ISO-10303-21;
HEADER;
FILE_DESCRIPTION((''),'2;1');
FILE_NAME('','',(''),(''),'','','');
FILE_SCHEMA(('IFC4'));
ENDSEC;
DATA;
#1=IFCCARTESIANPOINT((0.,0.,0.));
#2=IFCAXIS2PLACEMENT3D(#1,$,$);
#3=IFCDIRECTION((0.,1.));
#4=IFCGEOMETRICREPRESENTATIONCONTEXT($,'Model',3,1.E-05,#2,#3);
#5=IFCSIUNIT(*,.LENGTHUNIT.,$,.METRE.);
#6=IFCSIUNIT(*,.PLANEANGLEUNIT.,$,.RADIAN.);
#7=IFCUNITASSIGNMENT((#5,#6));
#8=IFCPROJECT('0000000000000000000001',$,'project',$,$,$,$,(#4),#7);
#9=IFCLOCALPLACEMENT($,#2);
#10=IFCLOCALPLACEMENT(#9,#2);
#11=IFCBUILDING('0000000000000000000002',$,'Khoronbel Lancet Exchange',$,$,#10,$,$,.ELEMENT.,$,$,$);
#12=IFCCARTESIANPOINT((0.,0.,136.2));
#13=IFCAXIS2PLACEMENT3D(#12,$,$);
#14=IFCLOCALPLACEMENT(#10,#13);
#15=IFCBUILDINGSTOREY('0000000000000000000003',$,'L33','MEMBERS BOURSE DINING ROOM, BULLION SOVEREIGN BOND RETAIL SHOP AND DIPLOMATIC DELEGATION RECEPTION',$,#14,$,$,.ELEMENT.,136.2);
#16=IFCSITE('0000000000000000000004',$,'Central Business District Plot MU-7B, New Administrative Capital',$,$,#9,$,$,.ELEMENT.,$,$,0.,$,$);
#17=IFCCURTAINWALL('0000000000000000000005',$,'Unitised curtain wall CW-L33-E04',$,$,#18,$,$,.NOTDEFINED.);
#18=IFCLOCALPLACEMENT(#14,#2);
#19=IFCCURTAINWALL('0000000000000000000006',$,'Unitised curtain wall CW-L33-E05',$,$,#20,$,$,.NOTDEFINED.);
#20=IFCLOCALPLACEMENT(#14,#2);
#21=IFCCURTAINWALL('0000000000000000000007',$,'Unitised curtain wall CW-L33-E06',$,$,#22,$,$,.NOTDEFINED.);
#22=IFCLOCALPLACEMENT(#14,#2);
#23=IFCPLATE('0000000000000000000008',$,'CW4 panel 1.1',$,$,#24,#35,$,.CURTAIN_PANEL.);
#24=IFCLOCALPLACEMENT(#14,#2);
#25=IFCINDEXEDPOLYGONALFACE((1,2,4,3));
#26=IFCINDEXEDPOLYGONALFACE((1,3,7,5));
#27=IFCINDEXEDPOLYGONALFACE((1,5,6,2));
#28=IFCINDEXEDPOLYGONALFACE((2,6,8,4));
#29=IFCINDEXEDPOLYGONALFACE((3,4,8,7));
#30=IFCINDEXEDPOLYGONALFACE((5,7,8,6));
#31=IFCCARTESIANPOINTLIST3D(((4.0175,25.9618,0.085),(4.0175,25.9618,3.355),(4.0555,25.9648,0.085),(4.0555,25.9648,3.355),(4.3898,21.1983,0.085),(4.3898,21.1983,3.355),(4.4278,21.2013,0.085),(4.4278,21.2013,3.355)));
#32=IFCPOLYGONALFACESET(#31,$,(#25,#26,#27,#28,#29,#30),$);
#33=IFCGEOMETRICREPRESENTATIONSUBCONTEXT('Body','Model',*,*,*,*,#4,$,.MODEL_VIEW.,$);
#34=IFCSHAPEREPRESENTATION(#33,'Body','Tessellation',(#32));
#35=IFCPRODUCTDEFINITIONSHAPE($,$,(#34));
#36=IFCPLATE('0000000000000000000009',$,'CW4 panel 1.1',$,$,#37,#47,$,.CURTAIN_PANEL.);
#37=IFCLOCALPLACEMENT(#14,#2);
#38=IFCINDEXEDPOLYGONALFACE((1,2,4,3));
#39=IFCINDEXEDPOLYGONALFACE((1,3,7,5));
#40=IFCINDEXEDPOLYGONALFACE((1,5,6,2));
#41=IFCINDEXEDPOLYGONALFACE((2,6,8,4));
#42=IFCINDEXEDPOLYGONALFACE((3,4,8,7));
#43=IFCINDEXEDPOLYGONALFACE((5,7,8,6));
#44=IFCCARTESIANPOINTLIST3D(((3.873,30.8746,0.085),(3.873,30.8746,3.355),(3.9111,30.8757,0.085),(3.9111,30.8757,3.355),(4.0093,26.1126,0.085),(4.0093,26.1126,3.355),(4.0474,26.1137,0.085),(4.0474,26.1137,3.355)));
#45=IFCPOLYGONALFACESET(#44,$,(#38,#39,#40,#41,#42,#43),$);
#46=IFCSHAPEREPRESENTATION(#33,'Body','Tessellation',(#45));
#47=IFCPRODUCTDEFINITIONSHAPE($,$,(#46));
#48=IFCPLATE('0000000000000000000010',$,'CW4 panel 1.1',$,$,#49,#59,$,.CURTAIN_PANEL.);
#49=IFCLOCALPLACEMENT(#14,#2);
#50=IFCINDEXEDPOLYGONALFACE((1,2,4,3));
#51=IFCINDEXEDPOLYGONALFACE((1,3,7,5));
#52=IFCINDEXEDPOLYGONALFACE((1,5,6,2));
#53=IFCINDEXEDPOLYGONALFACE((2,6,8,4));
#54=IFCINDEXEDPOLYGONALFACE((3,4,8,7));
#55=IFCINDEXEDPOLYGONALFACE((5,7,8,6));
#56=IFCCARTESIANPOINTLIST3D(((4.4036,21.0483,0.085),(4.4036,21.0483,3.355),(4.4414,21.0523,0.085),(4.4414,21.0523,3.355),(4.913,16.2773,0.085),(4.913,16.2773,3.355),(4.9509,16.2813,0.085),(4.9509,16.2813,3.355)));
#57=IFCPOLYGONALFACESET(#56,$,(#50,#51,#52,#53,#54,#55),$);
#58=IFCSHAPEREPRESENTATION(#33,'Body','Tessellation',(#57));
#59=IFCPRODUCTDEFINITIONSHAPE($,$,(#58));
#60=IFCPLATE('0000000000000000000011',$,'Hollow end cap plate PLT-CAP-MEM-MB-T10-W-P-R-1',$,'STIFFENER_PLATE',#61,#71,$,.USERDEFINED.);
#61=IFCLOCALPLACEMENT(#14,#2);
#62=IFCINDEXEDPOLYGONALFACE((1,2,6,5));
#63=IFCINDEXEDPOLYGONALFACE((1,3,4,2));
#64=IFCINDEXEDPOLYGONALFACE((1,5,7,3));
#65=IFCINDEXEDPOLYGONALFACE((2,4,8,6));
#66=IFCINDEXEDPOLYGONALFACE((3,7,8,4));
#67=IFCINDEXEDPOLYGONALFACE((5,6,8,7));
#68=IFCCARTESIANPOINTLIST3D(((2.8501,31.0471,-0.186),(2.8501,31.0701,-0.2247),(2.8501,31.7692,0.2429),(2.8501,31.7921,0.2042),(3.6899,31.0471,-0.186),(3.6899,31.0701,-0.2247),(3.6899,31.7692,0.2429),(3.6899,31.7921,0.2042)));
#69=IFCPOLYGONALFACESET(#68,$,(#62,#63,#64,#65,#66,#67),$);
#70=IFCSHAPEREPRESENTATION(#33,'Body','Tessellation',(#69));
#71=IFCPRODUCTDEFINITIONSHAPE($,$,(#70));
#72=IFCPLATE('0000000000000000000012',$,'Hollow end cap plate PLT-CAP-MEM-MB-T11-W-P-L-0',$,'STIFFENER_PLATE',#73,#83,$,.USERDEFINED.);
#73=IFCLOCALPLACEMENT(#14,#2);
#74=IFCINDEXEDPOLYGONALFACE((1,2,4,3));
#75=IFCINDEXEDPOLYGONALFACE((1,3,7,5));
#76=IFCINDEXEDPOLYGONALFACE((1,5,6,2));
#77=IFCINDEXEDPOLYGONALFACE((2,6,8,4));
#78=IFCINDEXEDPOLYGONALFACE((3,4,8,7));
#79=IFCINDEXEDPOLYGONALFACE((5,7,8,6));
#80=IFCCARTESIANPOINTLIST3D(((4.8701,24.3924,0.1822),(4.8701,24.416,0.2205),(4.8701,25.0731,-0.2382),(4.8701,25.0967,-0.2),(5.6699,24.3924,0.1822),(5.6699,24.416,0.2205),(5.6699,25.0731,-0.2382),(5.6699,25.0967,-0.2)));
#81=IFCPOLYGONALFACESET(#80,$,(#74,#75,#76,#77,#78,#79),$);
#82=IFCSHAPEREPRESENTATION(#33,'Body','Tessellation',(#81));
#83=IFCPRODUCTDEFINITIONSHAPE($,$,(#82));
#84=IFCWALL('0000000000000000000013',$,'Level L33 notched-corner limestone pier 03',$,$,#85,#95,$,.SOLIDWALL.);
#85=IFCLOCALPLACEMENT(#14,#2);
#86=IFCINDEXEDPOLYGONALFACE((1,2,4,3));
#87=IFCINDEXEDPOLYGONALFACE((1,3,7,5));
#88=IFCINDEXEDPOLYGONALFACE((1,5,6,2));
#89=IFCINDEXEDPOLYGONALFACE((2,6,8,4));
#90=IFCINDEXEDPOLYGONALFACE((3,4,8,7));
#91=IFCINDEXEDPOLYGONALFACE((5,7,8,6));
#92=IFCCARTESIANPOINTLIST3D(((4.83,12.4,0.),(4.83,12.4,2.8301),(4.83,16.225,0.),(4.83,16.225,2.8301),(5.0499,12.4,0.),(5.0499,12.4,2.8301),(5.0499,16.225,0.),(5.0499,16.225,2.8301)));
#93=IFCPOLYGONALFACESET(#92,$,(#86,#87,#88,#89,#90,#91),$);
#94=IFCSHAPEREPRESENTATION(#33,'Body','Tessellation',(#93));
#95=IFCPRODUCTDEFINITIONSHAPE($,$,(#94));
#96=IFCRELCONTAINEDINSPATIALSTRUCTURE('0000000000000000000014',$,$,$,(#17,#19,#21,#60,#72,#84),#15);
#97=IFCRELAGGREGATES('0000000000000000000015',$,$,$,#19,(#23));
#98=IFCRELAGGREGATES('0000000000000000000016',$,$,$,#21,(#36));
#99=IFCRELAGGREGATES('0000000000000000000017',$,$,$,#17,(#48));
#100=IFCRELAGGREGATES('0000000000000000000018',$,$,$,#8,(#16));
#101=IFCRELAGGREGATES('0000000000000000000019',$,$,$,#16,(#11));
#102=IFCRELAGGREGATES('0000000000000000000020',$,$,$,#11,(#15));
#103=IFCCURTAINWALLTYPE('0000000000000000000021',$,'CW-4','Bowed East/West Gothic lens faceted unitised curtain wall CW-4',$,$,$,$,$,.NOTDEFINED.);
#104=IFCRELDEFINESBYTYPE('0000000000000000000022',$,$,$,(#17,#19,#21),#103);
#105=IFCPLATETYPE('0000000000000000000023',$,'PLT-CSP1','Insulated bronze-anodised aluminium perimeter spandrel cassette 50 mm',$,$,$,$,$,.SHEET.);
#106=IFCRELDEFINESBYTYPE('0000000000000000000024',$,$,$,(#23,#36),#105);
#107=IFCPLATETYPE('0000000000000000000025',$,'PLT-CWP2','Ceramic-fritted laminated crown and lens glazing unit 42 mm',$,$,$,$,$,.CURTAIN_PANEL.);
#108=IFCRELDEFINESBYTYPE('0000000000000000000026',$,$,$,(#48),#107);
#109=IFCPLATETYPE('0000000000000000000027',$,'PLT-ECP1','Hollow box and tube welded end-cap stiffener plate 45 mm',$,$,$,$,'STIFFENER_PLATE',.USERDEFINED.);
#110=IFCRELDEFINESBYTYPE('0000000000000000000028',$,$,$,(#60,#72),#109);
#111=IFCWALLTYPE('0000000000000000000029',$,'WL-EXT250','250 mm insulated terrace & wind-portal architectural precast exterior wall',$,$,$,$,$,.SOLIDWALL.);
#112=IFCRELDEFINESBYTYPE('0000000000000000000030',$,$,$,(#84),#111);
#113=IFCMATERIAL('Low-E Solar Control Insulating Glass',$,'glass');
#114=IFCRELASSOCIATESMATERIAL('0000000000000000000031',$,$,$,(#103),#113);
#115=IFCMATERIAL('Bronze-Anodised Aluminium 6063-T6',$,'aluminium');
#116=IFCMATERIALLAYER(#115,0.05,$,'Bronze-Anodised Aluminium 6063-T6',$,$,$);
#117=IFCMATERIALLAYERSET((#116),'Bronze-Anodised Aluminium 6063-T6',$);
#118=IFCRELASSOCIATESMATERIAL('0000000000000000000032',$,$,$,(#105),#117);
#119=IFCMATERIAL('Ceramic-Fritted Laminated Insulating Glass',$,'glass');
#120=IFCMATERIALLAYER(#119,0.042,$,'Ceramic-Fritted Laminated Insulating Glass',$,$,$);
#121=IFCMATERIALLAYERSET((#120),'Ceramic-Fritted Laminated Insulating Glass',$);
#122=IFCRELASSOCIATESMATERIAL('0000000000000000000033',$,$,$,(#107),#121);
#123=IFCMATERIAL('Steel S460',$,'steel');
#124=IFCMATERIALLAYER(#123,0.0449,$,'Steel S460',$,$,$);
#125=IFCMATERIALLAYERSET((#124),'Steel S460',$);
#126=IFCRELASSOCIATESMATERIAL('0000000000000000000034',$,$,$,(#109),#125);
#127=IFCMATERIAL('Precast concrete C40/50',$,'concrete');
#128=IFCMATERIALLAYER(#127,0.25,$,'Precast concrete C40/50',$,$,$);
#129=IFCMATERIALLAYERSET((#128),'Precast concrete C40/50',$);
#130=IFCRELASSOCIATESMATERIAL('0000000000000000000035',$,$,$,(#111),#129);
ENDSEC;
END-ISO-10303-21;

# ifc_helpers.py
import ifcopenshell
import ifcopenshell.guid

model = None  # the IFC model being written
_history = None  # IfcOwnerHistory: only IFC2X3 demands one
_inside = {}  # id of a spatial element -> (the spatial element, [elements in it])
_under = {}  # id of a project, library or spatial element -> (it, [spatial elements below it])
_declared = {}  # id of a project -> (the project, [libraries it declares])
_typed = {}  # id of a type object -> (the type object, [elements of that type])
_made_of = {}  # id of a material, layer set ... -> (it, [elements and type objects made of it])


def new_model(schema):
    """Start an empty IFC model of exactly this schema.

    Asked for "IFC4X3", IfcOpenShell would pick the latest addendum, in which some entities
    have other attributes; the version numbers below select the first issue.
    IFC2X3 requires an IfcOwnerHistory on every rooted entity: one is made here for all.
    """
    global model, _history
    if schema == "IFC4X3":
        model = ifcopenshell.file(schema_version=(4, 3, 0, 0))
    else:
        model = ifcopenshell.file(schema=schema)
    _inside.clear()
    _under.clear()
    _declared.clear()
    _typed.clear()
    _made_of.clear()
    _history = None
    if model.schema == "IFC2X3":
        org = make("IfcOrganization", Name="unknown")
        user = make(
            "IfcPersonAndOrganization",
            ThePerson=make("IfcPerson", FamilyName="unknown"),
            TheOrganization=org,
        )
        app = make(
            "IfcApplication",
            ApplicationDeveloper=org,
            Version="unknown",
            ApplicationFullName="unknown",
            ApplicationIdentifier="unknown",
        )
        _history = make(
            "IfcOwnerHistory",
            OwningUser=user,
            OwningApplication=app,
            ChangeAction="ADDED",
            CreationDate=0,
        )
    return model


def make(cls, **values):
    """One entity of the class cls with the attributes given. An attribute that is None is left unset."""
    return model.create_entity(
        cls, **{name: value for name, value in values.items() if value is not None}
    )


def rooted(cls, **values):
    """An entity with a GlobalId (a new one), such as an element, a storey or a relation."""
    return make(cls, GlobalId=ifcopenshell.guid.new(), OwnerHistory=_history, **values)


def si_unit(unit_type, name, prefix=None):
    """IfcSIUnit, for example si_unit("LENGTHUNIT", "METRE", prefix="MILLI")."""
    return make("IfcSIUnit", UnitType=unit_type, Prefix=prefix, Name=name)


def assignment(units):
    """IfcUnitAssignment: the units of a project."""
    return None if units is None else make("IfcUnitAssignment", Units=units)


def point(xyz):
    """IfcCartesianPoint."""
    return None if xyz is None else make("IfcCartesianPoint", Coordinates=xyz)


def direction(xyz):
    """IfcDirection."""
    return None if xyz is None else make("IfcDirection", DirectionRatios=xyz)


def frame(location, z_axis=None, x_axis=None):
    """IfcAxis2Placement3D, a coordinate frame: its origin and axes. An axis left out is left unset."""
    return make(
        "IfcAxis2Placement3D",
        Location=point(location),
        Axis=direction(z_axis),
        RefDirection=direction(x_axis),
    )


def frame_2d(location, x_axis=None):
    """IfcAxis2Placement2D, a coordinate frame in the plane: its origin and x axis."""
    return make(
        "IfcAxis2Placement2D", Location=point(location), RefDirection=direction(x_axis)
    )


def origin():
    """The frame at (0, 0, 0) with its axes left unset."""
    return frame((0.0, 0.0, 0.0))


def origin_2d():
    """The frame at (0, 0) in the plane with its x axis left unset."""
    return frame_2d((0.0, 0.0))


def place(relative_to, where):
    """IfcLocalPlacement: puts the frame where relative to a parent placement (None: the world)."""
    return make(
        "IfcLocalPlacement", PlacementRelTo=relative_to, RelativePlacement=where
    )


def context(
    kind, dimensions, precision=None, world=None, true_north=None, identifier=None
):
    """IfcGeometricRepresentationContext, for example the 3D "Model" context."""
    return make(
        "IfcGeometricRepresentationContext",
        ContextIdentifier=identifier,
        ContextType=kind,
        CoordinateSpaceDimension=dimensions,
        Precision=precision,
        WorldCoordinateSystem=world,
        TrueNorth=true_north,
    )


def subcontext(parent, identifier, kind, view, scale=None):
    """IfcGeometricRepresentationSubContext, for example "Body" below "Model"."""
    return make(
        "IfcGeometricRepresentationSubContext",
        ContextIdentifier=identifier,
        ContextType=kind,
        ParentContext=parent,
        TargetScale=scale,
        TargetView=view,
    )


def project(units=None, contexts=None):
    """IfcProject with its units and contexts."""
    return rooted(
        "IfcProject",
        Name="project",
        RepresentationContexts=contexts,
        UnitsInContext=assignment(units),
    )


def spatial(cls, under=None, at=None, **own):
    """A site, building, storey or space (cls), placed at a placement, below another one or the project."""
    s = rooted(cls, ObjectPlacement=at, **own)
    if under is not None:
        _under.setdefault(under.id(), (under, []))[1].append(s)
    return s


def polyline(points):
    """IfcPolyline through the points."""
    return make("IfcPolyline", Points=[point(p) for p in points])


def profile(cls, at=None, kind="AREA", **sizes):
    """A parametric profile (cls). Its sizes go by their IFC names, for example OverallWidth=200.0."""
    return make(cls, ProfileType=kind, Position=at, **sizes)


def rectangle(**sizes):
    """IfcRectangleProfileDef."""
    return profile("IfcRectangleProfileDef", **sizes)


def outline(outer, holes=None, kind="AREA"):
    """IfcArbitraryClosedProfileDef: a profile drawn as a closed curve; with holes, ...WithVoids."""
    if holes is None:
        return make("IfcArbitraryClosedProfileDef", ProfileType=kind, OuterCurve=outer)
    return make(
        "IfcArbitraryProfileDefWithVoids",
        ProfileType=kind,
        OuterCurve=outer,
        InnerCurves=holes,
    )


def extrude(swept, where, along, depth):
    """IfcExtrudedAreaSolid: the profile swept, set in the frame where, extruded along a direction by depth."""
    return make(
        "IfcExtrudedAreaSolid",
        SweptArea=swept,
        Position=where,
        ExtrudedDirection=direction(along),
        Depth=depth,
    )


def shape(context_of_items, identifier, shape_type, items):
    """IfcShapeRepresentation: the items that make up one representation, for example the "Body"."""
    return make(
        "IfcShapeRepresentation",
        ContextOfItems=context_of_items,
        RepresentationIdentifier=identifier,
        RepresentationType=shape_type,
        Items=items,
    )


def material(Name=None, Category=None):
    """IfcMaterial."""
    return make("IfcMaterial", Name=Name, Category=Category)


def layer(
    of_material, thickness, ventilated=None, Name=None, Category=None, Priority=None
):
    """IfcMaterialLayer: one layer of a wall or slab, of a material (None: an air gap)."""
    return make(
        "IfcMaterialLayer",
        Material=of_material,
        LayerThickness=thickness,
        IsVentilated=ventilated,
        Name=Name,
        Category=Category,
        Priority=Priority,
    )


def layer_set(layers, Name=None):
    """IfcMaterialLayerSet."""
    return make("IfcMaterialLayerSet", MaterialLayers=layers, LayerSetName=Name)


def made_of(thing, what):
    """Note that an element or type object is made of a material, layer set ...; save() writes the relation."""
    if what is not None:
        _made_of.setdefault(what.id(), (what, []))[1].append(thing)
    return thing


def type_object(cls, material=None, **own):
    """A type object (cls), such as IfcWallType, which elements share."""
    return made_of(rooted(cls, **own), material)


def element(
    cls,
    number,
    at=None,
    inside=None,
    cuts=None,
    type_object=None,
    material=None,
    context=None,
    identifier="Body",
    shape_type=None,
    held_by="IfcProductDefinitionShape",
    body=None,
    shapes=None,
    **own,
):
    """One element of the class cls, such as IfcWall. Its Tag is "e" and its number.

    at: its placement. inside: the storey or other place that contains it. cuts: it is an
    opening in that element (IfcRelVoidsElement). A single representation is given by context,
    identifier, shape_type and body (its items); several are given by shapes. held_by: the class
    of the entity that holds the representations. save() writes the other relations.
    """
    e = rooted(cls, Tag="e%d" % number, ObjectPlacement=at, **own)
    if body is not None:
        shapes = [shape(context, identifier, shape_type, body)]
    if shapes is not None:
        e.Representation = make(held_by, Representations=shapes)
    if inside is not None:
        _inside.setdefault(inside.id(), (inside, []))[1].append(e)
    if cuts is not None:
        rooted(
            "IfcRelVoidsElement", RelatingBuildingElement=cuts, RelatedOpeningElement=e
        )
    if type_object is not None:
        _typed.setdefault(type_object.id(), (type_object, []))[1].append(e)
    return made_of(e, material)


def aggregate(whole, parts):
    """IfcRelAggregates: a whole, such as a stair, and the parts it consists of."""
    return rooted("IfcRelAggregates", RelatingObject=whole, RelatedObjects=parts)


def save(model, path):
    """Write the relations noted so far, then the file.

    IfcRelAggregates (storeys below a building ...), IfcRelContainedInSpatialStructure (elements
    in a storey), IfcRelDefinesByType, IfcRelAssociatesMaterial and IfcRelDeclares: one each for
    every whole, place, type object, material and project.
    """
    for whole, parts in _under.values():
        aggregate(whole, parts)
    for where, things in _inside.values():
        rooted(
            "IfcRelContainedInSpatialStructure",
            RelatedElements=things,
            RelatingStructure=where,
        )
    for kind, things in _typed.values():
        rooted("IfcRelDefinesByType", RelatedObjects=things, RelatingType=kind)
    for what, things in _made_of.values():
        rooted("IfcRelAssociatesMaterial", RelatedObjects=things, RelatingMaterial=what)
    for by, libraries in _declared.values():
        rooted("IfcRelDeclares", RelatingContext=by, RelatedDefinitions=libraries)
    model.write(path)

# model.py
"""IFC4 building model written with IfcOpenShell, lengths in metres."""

from ifc_helpers import new_model, si_unit, direction, frame, frame_2d, origin, origin_2d, place, context, subcontext, project, spatial, polyline, rectangle, outline, extrude, material, layer, layer_set, type_object, element, aggregate, save


model = new_model("IFC4")

# Units and contexts
model_context = context("Model", 3, precision=1e-05, world=origin(), true_north=direction((0.0, 1.0)))
body_context = subcontext(model_context, "Body", "Model", "MODEL_VIEW")
ifc_project = project(units=[si_unit("LENGTHUNIT", "METRE"), si_unit("PLANEANGLEUNIT", "RADIAN")], contexts=[model_context])

# Site, building, storey
site_placement = place(None, origin())
site = spatial("IfcSite", under=ifc_project, at=site_placement, Name="Central Business District Plot MU-7B, New Administrative Capital", CompositionType="ELEMENT", RefElevation=0.0)
building_placement = place(site_placement, origin())
building = spatial("IfcBuilding", under=site, at=building_placement, Name="Khoronbel Lancet Exchange", CompositionType="ELEMENT")
storey_placement = place(building_placement, frame((0.0, 0.0, 136.2)))
storey = spatial("IfcBuildingStorey", under=building, at=storey_placement, Name="L33", Description="MEMBERS BOURSE DINING ROOM, BULLION SOVEREIGN BOND RETAIL SHOP AND DIPLOMATIC DELEGATION RECEPTION", CompositionType="ELEMENT", Elevation=136.2)

# Curtain walls
ifc_material_1 = material(Name="Low-E Solar Control Insulating Glass", Category="glass")
curtain_wall_type = type_object("IfcCurtainWallType", Name="CW-4", Description="Bowed East/West Gothic lens faceted unitised curtain wall CW-4", PredefinedType="NOTDEFINED", material=ifc_material_1)
curtain_wall_1_placement = place(storey_placement, origin())
curtain_wall_1 = element("IfcCurtainWall", 1, at=curtain_wall_1_placement, inside=storey, type_object=curtain_wall_type, Name="Unitised curtain wall CW-L33-E04", PredefinedType="NOTDEFINED")
ifc_material_2 = material(Name="Bronze-Anodised Aluminium 6063-T6", Category="aluminium")
curtain_wall_2_placement = place(storey_placement, origin())
curtain_wall_2 = element("IfcCurtainWall", 2, at=curtain_wall_2_placement, inside=storey, type_object=curtain_wall_type, Name="Unitised curtain wall CW-L33-E05", PredefinedType="NOTDEFINED")
curtain_wall_3_placement = place(storey_placement, origin())
curtain_wall_3 = element("IfcCurtainWall", 3, at=curtain_wall_3_placement, inside=storey, type_object=curtain_wall_type, Name="Unitised curtain wall CW-L33-E06", PredefinedType="NOTDEFINED")

# Shared definitions
ifc_material_3 = material(Name="Steel S460", Category="steel")

# Plates
ifc_layer_1 = layer(ifc_material_2, 0.05, Name="Bronze-Anodised Aluminium 6063-T6")
ifc_layer_set_1 = layer_set([ifc_layer_1], Name="Bronze-Anodised Aluminium 6063-T6")
plate_type_1 = type_object("IfcPlateType", Name="PLT-CSP1", Description="Insulated bronze-anodised aluminium perimeter spandrel cassette 50 mm", PredefinedType="SHEET", material=ifc_layer_set_1)
plate_1_placement = place(storey_placement, frame((4.2227, 23.5815, 0.085), z_axis=(0.0, 0.0, 1.0), x_axis=(-0.077921, 0.99696, 0.0)))
plate_1 = element("IfcPlate", 4, at=plate_1_placement, type_object=plate_type_1, Name="CW4 panel 1.1", PredefinedType="CURTAIN_PANEL", context=body_context, shape_type="SweptSolid", body=[
    extrude(rectangle(XDim=4.7781, YDim=0.0381, at=origin_2d()), origin(), (0.0, 0.0, 1.0), 3.27),
])
aggregate(curtain_wall_2, [plate_1])
plate_2_placement = place(storey_placement, frame((3.9602, 28.4941, 0.085), z_axis=(0.0, 0.0, 1.0), x_axis=(-0.028613, 0.999591, 0.0)))
plate_2 = element("IfcPlate", 5, at=plate_2_placement, type_object=plate_type_1, Name="CW4 panel 1.1", PredefinedType="CURTAIN_PANEL", context=body_context, shape_type="SweptSolid", body=[
    extrude(rectangle(XDim=4.7639, YDim=0.0381, at=origin_2d()), origin(), (0.0, 0.0, 1.0), 3.27),
])
aggregate(curtain_wall_3, [plate_2])
ifc_material_4 = material(Name="Ceramic-Fritted Laminated Insulating Glass", Category="glass")
ifc_layer_2 = layer(ifc_material_4, 0.042, Name="Ceramic-Fritted Laminated Insulating Glass")
ifc_layer_set_2 = layer_set([ifc_layer_2], Name="Ceramic-Fritted Laminated Insulating Glass")
plate_type_2 = type_object("IfcPlateType", Name="PLT-CWP2", Description="Ceramic-fritted laminated crown and lens glazing unit 42 mm", PredefinedType="CURTAIN_PANEL", material=ifc_layer_set_2)
plate_3_placement = place(storey_placement, frame((4.6772, 18.6648, 0.085), z_axis=(0.0, 0.0, 1.0), x_axis=(-0.106181, 0.994347, 0.0)))
plate_3 = element("IfcPlate", 6, at=plate_3_placement, type_object=plate_type_2, Name="CW4 panel 1.1", PredefinedType="CURTAIN_PANEL", context=body_context, shape_type="SweptSolid", body=[
    extrude(rectangle(XDim=4.7981, YDim=0.0381, at=origin_2d()), origin(), (0.0, 0.0, 1.0), 3.27),
])
aggregate(curtain_wall_1, [plate_3])

# Plates
ifc_layer_3 = layer(ifc_material_3, 0.0449, Name="Steel S460")
ifc_layer_set_3 = layer_set([ifc_layer_3], Name="Steel S460")
plate_type_3 = type_object("IfcPlateType", Name="PLT-ECP1", Description="Hollow box and tube welded end-cap stiffener plate 45 mm", ElementType="STIFFENER_PLATE", PredefinedType="USERDEFINED", material=ifc_layer_set_3)
plate_4_placement = place(storey_placement, frame((2.8501, 31.0471, -0.186), z_axis=(0.0, -0.510686, 0.859767), x_axis=(1.0, 0.0, 0.0)))
element("IfcPlate", 7, at=plate_4_placement, inside=storey, type_object=plate_type_3, Name="Hollow end cap plate PLT-CAP-MEM-MB-T10-W-P-R-1", ObjectType="STIFFENER_PLATE", PredefinedType="USERDEFINED", context=body_context, shape_type="SweptSolid", body=[
    extrude(outline(polyline([(0.0, 0.0), (0.8398, 0.0), (0.8398, 0.8398), (0.0, 0.8398), (0.0, 0.0)])), origin(), (0.0, 0.0, -1.0), 0.0449),
])
plate_5_placement = place(storey_placement, frame((5.6699, 25.0967, -0.2), z_axis=(0.0, 0.525493, 0.850798), x_axis=(-1.0, 0.0, 0.0)))
element("IfcPlate", 8, at=plate_5_placement, inside=storey, type_object=plate_type_3, Name="Hollow end cap plate PLT-CAP-MEM-MB-T11-W-P-L-0", ObjectType="STIFFENER_PLATE", PredefinedType="USERDEFINED", context=body_context, shape_type="SweptSolid", body=[
    extrude(outline(polyline([(0.0, 0.0), (0.7998, 0.0), (0.7998, 0.8), (0.0, 0.8), (0.0, 0.0)])), origin(), (0.0, 0.0, -1.0), 0.0449),
])

# Wall
ifc_material_5 = material(Name="Precast concrete C40/50", Category="concrete")
ifc_layer_4 = layer(ifc_material_5, 0.25, Name="Precast concrete C40/50")
ifc_layer_set_4 = layer_set([ifc_layer_4], Name="Precast concrete C40/50")
wall_type = type_object("IfcWallType", Name="WL-EXT250", Description="250 mm insulated terrace & wind-portal architectural precast exterior wall", PredefinedType="SOLIDWALL", material=ifc_layer_set_4)
wall_placement = place(storey_placement, frame((4.9399, 12.3999, 0.0), z_axis=(0.0, 0.0, 1.0), x_axis=(0.0, 1.0, 0.0)))
element("IfcWall", 9, at=wall_placement, inside=storey, type_object=wall_type, Name="Level L33 notched-corner limestone pier 03", PredefinedType="SOLIDWALL", context=body_context, shape_type="SweptSolid", body=[
    extrude(rectangle(XDim=3.825, YDim=0.22, at=frame_2d((1.9126, 0.0))), origin(), (0.0, 0.0, 1.0), 2.8301),
])

save(model, "model.ifc")
